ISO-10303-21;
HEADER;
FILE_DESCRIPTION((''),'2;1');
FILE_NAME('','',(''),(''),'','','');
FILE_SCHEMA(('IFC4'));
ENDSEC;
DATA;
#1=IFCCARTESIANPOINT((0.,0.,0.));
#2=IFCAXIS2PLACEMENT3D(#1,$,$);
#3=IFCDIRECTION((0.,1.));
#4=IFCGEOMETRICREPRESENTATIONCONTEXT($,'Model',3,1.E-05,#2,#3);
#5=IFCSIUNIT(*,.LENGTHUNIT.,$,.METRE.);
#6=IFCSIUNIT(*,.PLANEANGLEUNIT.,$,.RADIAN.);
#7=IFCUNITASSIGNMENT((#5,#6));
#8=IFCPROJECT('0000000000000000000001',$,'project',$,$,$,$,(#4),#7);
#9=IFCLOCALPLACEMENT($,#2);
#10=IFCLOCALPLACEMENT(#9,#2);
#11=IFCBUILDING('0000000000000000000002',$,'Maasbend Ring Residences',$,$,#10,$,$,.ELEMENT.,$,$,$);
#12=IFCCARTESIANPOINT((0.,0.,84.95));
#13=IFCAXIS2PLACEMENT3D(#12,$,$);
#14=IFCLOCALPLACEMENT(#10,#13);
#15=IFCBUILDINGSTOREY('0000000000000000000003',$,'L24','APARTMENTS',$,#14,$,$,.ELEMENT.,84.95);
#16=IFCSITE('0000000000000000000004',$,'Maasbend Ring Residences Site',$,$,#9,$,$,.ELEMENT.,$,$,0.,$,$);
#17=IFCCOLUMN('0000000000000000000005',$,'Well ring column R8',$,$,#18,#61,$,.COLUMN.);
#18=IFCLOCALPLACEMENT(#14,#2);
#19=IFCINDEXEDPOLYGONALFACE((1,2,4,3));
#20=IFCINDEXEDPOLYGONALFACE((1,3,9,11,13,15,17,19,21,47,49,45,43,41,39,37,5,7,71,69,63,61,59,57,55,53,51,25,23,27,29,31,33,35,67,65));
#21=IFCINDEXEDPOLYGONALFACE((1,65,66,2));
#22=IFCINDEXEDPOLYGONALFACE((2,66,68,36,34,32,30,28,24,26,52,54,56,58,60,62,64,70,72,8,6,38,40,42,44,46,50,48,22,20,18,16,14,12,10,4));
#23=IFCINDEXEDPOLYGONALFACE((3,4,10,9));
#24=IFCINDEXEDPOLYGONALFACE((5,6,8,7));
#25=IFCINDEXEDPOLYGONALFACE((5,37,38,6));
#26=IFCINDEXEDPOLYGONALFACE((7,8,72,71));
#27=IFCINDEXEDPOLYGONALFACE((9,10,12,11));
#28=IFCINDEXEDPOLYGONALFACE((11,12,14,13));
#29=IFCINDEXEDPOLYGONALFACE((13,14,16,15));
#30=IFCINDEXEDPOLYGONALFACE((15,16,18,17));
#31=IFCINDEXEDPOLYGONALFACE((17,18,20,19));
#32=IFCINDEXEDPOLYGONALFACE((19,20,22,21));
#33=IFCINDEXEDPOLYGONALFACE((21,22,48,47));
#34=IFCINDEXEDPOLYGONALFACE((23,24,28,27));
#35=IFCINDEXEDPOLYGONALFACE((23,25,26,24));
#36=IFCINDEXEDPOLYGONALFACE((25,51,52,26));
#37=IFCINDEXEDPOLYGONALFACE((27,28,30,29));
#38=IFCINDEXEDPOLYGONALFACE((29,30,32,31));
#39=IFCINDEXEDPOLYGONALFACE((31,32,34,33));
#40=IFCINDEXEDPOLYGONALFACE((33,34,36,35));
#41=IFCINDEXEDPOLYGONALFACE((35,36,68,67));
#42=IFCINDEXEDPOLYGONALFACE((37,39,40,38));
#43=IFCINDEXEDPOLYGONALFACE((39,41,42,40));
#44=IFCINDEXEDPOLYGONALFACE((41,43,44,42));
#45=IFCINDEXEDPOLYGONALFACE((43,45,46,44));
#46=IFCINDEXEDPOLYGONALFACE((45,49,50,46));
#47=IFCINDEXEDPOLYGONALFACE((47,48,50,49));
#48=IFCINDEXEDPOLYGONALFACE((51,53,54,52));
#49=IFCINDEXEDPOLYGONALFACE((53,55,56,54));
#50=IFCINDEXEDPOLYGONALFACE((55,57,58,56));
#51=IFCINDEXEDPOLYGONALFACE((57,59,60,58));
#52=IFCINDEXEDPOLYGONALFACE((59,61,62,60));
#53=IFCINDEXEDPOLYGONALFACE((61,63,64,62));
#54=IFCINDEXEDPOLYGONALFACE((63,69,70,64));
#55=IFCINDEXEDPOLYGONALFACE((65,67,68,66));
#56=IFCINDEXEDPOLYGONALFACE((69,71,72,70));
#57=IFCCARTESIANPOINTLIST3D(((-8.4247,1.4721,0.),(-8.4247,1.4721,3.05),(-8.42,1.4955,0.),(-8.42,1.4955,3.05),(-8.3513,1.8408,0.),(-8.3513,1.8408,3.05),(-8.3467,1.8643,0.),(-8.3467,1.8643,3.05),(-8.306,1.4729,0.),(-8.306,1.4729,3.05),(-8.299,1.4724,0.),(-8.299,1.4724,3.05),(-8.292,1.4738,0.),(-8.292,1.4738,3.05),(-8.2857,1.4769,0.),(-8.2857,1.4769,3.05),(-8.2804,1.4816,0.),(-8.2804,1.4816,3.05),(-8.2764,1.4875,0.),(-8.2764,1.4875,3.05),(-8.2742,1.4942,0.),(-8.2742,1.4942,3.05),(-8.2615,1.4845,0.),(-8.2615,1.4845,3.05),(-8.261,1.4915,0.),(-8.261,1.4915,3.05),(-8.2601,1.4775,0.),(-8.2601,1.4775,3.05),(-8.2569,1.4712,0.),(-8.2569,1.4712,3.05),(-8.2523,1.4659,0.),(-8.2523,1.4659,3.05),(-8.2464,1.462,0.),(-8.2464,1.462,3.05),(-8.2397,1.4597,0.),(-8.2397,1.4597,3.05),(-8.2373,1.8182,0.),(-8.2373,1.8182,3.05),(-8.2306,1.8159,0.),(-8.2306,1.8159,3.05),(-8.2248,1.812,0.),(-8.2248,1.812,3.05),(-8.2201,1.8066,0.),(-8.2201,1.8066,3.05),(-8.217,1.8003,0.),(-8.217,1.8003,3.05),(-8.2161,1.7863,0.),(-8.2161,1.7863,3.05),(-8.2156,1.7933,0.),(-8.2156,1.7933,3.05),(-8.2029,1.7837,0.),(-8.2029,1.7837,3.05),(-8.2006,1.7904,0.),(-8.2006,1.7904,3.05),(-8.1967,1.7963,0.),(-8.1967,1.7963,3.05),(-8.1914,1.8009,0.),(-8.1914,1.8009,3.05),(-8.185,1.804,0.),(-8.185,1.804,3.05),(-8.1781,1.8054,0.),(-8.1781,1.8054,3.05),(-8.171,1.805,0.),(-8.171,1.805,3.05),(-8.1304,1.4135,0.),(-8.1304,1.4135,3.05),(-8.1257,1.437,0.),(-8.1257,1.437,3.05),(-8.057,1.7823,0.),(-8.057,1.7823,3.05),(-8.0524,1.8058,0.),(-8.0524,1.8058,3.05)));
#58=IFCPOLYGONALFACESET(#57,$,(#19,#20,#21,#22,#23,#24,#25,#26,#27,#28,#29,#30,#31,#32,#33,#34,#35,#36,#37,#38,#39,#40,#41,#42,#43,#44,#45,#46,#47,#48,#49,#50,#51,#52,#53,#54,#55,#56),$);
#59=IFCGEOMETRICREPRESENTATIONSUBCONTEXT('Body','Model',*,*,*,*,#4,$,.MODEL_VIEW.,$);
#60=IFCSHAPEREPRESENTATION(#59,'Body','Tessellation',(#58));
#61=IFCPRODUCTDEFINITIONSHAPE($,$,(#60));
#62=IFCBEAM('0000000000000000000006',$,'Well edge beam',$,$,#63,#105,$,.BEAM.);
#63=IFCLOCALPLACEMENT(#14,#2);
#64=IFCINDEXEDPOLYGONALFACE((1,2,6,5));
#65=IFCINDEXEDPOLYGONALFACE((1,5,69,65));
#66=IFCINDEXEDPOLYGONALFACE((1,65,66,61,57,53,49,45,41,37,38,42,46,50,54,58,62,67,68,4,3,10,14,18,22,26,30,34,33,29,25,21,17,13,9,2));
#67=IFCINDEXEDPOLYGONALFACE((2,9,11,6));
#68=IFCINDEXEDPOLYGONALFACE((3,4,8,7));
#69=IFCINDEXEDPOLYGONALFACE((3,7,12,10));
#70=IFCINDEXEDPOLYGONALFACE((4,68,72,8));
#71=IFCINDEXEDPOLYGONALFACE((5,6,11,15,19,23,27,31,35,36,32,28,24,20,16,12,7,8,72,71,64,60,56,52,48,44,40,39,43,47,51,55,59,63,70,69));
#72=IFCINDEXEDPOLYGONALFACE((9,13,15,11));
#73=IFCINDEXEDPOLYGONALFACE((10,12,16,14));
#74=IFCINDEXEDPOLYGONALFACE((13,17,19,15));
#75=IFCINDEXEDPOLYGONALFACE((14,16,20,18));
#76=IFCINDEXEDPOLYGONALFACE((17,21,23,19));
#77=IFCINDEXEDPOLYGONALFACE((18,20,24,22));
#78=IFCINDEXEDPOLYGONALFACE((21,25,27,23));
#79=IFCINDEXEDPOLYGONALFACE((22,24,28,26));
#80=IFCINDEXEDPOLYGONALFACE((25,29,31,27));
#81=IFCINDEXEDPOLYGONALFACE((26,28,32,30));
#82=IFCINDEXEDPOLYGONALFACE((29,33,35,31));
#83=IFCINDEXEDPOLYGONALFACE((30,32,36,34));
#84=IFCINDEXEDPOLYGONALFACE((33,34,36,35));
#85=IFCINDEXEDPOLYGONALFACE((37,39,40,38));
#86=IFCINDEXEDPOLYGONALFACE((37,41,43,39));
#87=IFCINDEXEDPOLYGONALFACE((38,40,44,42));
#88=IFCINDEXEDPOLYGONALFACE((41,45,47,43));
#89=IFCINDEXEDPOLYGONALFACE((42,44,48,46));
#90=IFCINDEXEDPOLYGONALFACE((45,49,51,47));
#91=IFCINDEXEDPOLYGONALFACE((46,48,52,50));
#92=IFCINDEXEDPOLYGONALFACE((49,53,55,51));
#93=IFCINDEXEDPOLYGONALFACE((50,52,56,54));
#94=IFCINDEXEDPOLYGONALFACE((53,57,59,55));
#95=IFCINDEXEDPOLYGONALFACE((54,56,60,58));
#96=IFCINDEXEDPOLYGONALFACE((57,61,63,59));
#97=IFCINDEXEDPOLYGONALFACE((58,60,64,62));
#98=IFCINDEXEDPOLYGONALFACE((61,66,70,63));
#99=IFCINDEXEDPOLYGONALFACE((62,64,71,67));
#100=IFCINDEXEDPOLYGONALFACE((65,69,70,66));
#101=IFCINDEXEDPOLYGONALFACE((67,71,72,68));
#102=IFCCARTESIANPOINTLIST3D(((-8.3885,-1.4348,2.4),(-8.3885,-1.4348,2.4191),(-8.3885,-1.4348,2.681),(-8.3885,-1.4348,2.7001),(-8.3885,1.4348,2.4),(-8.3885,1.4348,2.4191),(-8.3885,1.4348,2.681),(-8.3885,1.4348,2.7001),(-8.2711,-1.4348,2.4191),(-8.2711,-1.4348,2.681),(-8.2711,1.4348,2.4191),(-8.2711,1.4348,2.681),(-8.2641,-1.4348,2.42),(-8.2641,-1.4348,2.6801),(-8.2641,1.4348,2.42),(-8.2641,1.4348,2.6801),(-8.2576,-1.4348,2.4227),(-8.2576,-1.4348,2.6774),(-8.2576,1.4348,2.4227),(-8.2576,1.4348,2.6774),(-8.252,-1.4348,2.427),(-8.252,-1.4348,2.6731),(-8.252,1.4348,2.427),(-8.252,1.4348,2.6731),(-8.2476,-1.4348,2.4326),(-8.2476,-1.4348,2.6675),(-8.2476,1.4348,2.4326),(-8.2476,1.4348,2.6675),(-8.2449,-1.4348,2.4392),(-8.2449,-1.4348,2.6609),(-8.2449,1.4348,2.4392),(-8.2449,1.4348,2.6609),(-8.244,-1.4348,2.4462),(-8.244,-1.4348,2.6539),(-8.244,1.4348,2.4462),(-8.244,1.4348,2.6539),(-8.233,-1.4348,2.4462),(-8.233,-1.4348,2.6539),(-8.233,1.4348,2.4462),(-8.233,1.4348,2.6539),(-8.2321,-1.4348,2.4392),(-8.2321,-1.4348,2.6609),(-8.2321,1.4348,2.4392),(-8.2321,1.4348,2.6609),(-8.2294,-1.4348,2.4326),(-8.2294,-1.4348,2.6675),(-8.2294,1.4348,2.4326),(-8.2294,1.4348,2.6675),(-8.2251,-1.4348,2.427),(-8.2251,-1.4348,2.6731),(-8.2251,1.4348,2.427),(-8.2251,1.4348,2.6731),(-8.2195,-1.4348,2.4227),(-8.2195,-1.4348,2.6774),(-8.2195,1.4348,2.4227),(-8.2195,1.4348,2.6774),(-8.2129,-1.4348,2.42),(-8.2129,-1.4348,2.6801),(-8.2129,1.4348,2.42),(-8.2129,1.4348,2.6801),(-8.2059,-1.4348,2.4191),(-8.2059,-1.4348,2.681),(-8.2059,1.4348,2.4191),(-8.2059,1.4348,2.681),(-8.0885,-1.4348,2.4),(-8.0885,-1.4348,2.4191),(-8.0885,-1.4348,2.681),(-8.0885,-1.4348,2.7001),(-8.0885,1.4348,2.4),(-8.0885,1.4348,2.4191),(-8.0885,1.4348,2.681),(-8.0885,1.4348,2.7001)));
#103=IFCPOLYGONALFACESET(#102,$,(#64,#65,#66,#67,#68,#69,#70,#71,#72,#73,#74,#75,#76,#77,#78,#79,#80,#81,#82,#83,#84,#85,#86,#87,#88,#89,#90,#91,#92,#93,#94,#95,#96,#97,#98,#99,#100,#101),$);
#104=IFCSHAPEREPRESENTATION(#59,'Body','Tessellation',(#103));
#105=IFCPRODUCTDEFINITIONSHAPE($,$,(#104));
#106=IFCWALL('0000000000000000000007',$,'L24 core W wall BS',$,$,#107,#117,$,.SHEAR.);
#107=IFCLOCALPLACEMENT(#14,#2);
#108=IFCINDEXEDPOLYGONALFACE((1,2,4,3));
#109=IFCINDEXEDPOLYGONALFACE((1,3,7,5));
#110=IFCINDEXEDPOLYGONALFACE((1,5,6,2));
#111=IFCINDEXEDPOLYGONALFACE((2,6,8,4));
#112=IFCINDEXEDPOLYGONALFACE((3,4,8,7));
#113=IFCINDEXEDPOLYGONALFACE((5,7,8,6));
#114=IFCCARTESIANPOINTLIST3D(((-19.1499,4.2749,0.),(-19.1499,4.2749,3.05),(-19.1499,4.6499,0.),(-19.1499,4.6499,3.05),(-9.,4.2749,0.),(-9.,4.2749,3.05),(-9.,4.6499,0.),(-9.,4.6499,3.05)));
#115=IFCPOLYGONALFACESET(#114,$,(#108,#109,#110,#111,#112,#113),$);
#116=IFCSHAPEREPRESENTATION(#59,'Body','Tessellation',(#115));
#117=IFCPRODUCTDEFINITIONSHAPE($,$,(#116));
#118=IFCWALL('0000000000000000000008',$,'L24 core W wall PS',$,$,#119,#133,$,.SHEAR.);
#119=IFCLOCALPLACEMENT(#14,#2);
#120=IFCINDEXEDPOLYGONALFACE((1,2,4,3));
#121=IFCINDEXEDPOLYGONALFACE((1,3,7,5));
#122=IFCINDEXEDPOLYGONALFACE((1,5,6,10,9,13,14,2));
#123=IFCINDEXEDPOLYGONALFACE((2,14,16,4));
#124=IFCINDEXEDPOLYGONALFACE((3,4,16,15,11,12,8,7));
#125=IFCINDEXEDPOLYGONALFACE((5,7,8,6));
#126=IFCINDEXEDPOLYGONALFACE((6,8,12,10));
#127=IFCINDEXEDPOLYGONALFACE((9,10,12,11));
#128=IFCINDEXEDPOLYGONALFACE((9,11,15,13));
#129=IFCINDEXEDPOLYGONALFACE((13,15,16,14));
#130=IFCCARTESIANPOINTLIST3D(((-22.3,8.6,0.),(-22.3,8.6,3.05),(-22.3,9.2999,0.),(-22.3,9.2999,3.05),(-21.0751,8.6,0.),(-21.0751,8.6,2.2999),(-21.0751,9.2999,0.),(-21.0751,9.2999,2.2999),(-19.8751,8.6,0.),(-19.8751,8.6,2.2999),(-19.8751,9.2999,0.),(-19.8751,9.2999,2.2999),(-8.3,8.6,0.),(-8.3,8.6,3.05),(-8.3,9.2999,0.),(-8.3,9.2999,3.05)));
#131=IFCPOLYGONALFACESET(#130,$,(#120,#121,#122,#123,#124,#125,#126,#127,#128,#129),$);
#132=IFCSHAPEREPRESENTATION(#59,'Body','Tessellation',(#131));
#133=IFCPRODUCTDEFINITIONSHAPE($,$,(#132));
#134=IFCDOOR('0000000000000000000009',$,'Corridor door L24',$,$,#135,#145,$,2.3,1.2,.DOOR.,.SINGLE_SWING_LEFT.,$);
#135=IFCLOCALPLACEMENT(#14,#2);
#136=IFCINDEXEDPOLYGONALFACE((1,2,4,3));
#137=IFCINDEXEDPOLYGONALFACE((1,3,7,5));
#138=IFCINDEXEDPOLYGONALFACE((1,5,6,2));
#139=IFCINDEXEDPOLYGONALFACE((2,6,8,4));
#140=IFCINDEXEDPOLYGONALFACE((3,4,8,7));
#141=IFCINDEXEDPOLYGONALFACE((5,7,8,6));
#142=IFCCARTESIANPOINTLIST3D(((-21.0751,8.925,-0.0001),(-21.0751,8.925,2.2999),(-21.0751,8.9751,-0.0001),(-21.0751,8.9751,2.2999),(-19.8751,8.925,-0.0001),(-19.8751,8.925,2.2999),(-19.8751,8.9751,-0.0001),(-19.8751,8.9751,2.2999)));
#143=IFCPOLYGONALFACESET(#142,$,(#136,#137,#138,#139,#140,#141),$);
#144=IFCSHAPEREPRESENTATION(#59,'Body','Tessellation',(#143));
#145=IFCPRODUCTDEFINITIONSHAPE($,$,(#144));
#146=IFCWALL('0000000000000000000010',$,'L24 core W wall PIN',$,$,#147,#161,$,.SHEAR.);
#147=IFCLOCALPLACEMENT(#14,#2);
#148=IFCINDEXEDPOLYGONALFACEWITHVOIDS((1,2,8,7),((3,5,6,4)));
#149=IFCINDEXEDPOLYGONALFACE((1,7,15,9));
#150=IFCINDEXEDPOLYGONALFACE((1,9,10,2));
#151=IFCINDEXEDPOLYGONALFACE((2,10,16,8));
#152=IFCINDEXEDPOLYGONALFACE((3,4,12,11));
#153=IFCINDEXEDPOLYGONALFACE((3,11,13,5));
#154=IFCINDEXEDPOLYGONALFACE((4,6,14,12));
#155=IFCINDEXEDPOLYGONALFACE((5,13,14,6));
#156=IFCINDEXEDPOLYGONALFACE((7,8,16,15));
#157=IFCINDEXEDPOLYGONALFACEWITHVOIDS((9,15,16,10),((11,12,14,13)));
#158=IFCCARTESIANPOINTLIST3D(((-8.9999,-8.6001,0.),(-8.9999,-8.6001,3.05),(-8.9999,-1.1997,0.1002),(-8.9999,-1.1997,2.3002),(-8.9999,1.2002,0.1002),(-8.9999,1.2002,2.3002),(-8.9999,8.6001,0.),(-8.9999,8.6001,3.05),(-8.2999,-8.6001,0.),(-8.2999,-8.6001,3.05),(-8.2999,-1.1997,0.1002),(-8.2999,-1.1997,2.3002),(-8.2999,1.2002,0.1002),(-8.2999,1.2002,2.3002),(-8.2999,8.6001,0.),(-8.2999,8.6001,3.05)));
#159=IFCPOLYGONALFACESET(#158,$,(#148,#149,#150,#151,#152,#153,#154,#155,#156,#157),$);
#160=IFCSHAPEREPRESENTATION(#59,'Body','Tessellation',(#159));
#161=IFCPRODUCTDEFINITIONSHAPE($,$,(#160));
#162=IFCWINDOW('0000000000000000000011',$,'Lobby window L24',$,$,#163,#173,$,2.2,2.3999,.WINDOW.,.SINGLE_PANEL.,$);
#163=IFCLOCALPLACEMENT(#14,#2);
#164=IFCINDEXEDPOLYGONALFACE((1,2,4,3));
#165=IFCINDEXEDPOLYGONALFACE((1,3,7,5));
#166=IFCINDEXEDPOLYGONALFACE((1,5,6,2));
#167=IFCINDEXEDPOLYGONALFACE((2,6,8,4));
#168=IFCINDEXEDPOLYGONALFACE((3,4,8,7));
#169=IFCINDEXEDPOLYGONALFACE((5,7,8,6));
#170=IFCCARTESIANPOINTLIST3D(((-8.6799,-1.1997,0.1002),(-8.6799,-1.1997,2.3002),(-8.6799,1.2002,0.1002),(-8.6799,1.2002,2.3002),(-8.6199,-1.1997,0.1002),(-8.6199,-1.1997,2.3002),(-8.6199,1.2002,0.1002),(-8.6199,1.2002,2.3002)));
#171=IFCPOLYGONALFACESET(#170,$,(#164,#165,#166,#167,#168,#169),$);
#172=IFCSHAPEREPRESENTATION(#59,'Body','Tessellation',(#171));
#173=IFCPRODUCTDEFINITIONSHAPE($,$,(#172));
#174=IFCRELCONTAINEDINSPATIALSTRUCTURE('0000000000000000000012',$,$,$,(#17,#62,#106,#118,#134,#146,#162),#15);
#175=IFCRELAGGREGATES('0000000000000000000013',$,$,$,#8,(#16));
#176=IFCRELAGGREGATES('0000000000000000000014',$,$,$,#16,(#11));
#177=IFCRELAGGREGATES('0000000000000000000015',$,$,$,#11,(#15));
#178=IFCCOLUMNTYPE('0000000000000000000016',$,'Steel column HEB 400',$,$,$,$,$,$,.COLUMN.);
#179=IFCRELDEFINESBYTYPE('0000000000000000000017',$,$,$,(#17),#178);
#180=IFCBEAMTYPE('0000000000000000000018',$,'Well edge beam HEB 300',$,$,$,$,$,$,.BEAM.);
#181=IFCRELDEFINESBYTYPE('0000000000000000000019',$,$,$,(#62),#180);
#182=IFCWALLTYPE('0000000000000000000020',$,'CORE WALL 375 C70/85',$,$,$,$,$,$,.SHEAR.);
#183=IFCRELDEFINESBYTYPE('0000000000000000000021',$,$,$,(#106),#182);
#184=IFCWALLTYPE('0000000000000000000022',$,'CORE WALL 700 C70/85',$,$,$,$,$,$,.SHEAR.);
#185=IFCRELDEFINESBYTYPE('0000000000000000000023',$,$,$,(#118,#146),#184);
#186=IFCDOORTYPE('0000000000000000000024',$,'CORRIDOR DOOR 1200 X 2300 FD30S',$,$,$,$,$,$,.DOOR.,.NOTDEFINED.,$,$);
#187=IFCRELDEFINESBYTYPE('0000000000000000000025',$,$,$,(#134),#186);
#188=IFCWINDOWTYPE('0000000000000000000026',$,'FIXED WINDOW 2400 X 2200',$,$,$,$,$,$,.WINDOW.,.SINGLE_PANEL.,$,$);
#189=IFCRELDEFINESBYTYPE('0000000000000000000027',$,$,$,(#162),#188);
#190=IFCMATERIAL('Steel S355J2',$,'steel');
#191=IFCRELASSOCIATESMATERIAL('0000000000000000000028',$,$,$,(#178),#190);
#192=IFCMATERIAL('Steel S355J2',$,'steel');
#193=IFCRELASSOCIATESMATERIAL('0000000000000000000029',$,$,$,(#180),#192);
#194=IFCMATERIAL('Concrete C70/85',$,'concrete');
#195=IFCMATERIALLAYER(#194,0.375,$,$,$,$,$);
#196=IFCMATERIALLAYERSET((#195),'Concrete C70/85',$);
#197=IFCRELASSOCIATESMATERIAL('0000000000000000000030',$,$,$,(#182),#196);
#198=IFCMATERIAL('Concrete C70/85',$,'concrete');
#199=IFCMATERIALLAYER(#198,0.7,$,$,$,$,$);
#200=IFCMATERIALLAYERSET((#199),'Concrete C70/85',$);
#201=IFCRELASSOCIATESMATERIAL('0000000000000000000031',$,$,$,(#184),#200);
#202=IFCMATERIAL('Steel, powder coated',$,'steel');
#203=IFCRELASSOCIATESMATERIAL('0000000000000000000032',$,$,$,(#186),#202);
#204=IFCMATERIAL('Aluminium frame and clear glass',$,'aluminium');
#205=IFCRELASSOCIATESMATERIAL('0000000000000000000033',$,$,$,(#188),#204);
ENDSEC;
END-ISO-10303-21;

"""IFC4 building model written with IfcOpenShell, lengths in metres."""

from ifc_helpers import new_model, si_unit, direction, frame, frame_2d, origin, origin_2d, place, context, subcontext, project, spatial, rectangle, i_section, extrude, material, layer, layer_set, material_profile, profile_set, type_object, element, fill, save


model = new_model("IFC4")

# Units and contexts
model_context = context("Model", 3, precision=1e-05, world=origin(), true_north=direction((0.0, 1.0)))
body_context = subcontext(model_context, "Body", "Model", "MODEL_VIEW")
ifc_project = project(units=[si_unit("LENGTHUNIT", "METRE"), si_unit("PLANEANGLEUNIT", "RADIAN")], contexts=[model_context])

# Site, building, storey
site_placement = place(None, origin())
site = spatial("IfcSite", under=ifc_project, at=site_placement, Name="Maasbend Ring Residences Site", CompositionType="ELEMENT", RefElevation=0.0)
building_placement = place(site_placement, origin())
building = spatial("IfcBuilding", under=site, at=building_placement, Name="Maasbend Ring Residences", CompositionType="ELEMENT")
storey_placement = place(building_placement, frame((0.0, 0.0, 84.95)))
storey = spatial("IfcBuildingStorey", under=building, at=storey_placement, Name="L24", Description="APARTMENTS", CompositionType="ELEMENT", Elevation=84.95)

# Column
ifc_material_1 = material(Name="Steel S355J2", Category="steel")
ifc_material_profile_1 = material_profile(ifc_material_1, i_section(OverallWidth=0.3, OverallDepth=0.3999, WebThickness=0.0134, FlangeThickness=0.0239, FilletRadius=0.0271, at=origin_2d()), Name="HEB 400")
ifc_profile_set_1 = profile_set([ifc_material_profile_1], Name="Steel S355J2")
column_type = type_object("IfcColumnType", Name="Steel column HEB 400", PredefinedType="COLUMN", material=ifc_profile_set_1)
column_placement = place(storey_placement, frame((-8.2385, 1.6389, 0.0), z_axis=(0.0, 0.0, 1.0), x_axis=(-0.980785, 0.19509, 0.0)))
element("IfcColumn", 1, at=column_placement, inside=storey, type_object=column_type, Name="Well ring column R8", PredefinedType="COLUMN", context=body_context, shape_type="SweptSolid", body=[
    extrude(i_section(OverallWidth=0.3, OverallDepth=0.3999, WebThickness=0.0134, FlangeThickness=0.0239, FilletRadius=0.0271, at=origin_2d()), origin(), (0.0, 0.0, 1.0), 3.05),
])

# Beam
ifc_material_2 = material(Name="Steel S355J2", Category="steel")
ifc_material_profile_2 = material_profile(ifc_material_2, i_section(OverallWidth=0.3, OverallDepth=0.3, WebThickness=0.011, FlangeThickness=0.019, FilletRadius=0.0271, at=origin_2d()), Name="HEB 300")
ifc_profile_set_2 = profile_set([ifc_material_profile_2], Name="Steel S355J2")
beam_type = type_object("IfcBeamType", Name="Well edge beam HEB 300", PredefinedType="BEAM", material=ifc_profile_set_2)
beam_placement = place(storey_placement, frame((-8.2385, 1.4348, 2.55), z_axis=(0.0, -1.0, 0.0), x_axis=(1.0, 0.0, 0.0)))
element("IfcBeam", 2, at=beam_placement, inside=storey, type_object=beam_type, Name="Well edge beam", PredefinedType="BEAM", context=body_context, shape_type="SweptSolid", body=[
    extrude(i_section(OverallWidth=0.3, OverallDepth=0.3, WebThickness=0.011, FlangeThickness=0.019, FilletRadius=0.0271, at=origin_2d()), origin(), (0.0, 0.0, 1.0), 2.8696),
])

# Wall
ifc_material_3 = material(Name="Concrete C70/85", Category="concrete")
ifc_layer_1 = layer(ifc_material_3, 0.375)
ifc_layer_set_1 = layer_set([ifc_layer_1], Name="Concrete C70/85")
wall_type_1 = type_object("IfcWallType", Name="CORE WALL 375 C70/85", PredefinedType="SHEAR", material=ifc_layer_set_1)
wall_1_placement = place(storey_placement, frame((-9.0, 4.4624, 0.0), z_axis=(0.0, 0.0, 1.0), x_axis=(-1.0, 0.0, 0.0)))
element("IfcWall", 3, at=wall_1_placement, inside=storey, type_object=wall_type_1, Name="L24 core W wall BS", PredefinedType="SHEAR", context=body_context, shape_type="SweptSolid", body=[
    extrude(rectangle(XDim=10.1499, YDim=0.375, at=frame_2d((5.075, 0.0))), origin(), (0.0, 0.0, 1.0), 3.05),
])

# Wall, opening, door
ifc_material_4 = material(Name="Concrete C70/85", Category="concrete")
ifc_layer_2 = layer(ifc_material_4, 0.7)
ifc_layer_set_2 = layer_set([ifc_layer_2], Name="Concrete C70/85")
wall_type_2 = type_object("IfcWallType", Name="CORE WALL 700 C70/85", PredefinedType="SHEAR", material=ifc_layer_set_2)
wall_2_placement = place(storey_placement, frame((-8.3, 8.95, 0.0), z_axis=(0.0, 0.0, 1.0), x_axis=(-1.0, 0.0, 0.0)))
wall_2 = element("IfcWall", 4, at=wall_2_placement, inside=storey, type_object=wall_type_2, Name="L24 core W wall PS", PredefinedType="SHEAR", context=body_context, shape_type="SweptSolid", body=[
    extrude(rectangle(XDim=14.0, YDim=0.7, at=frame_2d((7.0, 0.0))), origin(), (0.0, 0.0, 1.0), 3.05),
])
opening_1_placement = place(wall_2_placement, frame((11.575, 0.0, 0.0)))
opening_1 = element("IfcOpeningElement", 5, at=opening_1_placement, cuts=wall_2, PredefinedType="OPENING", context=body_context, shape_type="SweptSolid", body=[
    extrude(rectangle(XDim=1.2, YDim=2.3, at=frame_2d((0.6001, 1.1499))), frame((0.0, 0.3599, 0.0), z_axis=(0.0, -1.0, 0.0), x_axis=(1.0, 0.0, 0.0)), (0.0, 0.0, 1.0), 0.72),
])
ifc_material_5 = material(Name="Steel, powder coated", Category="steel")
door_type_1 = type_object("IfcDoorType", Name="CORRIDOR DOOR 1200 X 2300 FD30S", OperationType="NOTDEFINED", PredefinedType="DOOR", material=ifc_material_5)
door_1_placement = place(opening_1_placement, origin())
door_1 = element("IfcDoor", 6, at=door_1_placement, inside=storey, type_object=door_type_1, Name="Corridor door L24", OperationType="SINGLE_SWING_LEFT", OverallHeight=2.3, OverallWidth=1.2, PredefinedType="DOOR", context=body_context, shape_type="SweptSolid", body=[
    extrude(rectangle(XDim=1.2, YDim=2.3, at=frame_2d((0.6001, 1.1499))), frame((0.0, 0.0249, 0.0), z_axis=(0.0, -1.0, 0.0), x_axis=(1.0, 0.0, 0.0)), (0.0, 0.0, 1.0), 0.05),
])
fill(opening_1, door_1)

# Wall, opening, window
wall_3_placement = place(storey_placement, frame((-8.6499, 8.6001, 0.0), z_axis=(0.0, 0.0, 1.0), x_axis=(0.0, -1.0, 0.0)))
wall_3 = element("IfcWall", 7, at=wall_3_placement, inside=storey, type_object=wall_type_2, Name="L24 core W wall PIN", PredefinedType="SHEAR", context=body_context, shape_type="SweptSolid", body=[
    extrude(rectangle(XDim=17.2002, YDim=0.7, at=frame_2d((8.6001, 0.0))), origin(), (0.0, 0.0, 1.0), 3.05),
])
opening_2_placement = place(wall_3_placement, frame((7.3999, 0.0, 0.1001)))
opening_2 = element("IfcOpeningElement", 8, at=opening_2_placement, cuts=wall_3, PredefinedType="OPENING", context=body_context, shape_type="SweptSolid", body=[
    extrude(rectangle(XDim=2.3999, YDim=2.2, at=frame_2d((1.2, 1.1001))), frame((0.0, 0.3599, 0.0), z_axis=(0.0, -1.0, 0.0), x_axis=(1.0, 0.0, 0.0)), (0.0, 0.0, 1.0), 0.72),
])
ifc_material_6 = material(Name="Aluminium frame and clear glass", Category="aluminium")
window_type = type_object("IfcWindowType", Name="FIXED WINDOW 2400 X 2200", PartitioningType="SINGLE_PANEL", PredefinedType="WINDOW", material=ifc_material_6)
window_placement = place(opening_2_placement, origin())
window = element("IfcWindow", 9, at=window_placement, inside=storey, type_object=window_type, Name="Lobby window L24", OverallHeight=2.2, OverallWidth=2.3999, PartitioningType="SINGLE_PANEL", PredefinedType="WINDOW", context=body_context, shape_type="SweptSolid", body=[
    extrude(rectangle(XDim=2.3999, YDim=2.2, at=frame_2d((1.2, 1.1001))), frame((0.0, 0.03, 0.0), z_axis=(0.0, -1.0, 0.0), x_axis=(1.0, 0.0, 0.0)), (0.0, 0.0, 1.0), 0.0601),
])
fill(opening_2, window)

save(model, "model.ifc")
